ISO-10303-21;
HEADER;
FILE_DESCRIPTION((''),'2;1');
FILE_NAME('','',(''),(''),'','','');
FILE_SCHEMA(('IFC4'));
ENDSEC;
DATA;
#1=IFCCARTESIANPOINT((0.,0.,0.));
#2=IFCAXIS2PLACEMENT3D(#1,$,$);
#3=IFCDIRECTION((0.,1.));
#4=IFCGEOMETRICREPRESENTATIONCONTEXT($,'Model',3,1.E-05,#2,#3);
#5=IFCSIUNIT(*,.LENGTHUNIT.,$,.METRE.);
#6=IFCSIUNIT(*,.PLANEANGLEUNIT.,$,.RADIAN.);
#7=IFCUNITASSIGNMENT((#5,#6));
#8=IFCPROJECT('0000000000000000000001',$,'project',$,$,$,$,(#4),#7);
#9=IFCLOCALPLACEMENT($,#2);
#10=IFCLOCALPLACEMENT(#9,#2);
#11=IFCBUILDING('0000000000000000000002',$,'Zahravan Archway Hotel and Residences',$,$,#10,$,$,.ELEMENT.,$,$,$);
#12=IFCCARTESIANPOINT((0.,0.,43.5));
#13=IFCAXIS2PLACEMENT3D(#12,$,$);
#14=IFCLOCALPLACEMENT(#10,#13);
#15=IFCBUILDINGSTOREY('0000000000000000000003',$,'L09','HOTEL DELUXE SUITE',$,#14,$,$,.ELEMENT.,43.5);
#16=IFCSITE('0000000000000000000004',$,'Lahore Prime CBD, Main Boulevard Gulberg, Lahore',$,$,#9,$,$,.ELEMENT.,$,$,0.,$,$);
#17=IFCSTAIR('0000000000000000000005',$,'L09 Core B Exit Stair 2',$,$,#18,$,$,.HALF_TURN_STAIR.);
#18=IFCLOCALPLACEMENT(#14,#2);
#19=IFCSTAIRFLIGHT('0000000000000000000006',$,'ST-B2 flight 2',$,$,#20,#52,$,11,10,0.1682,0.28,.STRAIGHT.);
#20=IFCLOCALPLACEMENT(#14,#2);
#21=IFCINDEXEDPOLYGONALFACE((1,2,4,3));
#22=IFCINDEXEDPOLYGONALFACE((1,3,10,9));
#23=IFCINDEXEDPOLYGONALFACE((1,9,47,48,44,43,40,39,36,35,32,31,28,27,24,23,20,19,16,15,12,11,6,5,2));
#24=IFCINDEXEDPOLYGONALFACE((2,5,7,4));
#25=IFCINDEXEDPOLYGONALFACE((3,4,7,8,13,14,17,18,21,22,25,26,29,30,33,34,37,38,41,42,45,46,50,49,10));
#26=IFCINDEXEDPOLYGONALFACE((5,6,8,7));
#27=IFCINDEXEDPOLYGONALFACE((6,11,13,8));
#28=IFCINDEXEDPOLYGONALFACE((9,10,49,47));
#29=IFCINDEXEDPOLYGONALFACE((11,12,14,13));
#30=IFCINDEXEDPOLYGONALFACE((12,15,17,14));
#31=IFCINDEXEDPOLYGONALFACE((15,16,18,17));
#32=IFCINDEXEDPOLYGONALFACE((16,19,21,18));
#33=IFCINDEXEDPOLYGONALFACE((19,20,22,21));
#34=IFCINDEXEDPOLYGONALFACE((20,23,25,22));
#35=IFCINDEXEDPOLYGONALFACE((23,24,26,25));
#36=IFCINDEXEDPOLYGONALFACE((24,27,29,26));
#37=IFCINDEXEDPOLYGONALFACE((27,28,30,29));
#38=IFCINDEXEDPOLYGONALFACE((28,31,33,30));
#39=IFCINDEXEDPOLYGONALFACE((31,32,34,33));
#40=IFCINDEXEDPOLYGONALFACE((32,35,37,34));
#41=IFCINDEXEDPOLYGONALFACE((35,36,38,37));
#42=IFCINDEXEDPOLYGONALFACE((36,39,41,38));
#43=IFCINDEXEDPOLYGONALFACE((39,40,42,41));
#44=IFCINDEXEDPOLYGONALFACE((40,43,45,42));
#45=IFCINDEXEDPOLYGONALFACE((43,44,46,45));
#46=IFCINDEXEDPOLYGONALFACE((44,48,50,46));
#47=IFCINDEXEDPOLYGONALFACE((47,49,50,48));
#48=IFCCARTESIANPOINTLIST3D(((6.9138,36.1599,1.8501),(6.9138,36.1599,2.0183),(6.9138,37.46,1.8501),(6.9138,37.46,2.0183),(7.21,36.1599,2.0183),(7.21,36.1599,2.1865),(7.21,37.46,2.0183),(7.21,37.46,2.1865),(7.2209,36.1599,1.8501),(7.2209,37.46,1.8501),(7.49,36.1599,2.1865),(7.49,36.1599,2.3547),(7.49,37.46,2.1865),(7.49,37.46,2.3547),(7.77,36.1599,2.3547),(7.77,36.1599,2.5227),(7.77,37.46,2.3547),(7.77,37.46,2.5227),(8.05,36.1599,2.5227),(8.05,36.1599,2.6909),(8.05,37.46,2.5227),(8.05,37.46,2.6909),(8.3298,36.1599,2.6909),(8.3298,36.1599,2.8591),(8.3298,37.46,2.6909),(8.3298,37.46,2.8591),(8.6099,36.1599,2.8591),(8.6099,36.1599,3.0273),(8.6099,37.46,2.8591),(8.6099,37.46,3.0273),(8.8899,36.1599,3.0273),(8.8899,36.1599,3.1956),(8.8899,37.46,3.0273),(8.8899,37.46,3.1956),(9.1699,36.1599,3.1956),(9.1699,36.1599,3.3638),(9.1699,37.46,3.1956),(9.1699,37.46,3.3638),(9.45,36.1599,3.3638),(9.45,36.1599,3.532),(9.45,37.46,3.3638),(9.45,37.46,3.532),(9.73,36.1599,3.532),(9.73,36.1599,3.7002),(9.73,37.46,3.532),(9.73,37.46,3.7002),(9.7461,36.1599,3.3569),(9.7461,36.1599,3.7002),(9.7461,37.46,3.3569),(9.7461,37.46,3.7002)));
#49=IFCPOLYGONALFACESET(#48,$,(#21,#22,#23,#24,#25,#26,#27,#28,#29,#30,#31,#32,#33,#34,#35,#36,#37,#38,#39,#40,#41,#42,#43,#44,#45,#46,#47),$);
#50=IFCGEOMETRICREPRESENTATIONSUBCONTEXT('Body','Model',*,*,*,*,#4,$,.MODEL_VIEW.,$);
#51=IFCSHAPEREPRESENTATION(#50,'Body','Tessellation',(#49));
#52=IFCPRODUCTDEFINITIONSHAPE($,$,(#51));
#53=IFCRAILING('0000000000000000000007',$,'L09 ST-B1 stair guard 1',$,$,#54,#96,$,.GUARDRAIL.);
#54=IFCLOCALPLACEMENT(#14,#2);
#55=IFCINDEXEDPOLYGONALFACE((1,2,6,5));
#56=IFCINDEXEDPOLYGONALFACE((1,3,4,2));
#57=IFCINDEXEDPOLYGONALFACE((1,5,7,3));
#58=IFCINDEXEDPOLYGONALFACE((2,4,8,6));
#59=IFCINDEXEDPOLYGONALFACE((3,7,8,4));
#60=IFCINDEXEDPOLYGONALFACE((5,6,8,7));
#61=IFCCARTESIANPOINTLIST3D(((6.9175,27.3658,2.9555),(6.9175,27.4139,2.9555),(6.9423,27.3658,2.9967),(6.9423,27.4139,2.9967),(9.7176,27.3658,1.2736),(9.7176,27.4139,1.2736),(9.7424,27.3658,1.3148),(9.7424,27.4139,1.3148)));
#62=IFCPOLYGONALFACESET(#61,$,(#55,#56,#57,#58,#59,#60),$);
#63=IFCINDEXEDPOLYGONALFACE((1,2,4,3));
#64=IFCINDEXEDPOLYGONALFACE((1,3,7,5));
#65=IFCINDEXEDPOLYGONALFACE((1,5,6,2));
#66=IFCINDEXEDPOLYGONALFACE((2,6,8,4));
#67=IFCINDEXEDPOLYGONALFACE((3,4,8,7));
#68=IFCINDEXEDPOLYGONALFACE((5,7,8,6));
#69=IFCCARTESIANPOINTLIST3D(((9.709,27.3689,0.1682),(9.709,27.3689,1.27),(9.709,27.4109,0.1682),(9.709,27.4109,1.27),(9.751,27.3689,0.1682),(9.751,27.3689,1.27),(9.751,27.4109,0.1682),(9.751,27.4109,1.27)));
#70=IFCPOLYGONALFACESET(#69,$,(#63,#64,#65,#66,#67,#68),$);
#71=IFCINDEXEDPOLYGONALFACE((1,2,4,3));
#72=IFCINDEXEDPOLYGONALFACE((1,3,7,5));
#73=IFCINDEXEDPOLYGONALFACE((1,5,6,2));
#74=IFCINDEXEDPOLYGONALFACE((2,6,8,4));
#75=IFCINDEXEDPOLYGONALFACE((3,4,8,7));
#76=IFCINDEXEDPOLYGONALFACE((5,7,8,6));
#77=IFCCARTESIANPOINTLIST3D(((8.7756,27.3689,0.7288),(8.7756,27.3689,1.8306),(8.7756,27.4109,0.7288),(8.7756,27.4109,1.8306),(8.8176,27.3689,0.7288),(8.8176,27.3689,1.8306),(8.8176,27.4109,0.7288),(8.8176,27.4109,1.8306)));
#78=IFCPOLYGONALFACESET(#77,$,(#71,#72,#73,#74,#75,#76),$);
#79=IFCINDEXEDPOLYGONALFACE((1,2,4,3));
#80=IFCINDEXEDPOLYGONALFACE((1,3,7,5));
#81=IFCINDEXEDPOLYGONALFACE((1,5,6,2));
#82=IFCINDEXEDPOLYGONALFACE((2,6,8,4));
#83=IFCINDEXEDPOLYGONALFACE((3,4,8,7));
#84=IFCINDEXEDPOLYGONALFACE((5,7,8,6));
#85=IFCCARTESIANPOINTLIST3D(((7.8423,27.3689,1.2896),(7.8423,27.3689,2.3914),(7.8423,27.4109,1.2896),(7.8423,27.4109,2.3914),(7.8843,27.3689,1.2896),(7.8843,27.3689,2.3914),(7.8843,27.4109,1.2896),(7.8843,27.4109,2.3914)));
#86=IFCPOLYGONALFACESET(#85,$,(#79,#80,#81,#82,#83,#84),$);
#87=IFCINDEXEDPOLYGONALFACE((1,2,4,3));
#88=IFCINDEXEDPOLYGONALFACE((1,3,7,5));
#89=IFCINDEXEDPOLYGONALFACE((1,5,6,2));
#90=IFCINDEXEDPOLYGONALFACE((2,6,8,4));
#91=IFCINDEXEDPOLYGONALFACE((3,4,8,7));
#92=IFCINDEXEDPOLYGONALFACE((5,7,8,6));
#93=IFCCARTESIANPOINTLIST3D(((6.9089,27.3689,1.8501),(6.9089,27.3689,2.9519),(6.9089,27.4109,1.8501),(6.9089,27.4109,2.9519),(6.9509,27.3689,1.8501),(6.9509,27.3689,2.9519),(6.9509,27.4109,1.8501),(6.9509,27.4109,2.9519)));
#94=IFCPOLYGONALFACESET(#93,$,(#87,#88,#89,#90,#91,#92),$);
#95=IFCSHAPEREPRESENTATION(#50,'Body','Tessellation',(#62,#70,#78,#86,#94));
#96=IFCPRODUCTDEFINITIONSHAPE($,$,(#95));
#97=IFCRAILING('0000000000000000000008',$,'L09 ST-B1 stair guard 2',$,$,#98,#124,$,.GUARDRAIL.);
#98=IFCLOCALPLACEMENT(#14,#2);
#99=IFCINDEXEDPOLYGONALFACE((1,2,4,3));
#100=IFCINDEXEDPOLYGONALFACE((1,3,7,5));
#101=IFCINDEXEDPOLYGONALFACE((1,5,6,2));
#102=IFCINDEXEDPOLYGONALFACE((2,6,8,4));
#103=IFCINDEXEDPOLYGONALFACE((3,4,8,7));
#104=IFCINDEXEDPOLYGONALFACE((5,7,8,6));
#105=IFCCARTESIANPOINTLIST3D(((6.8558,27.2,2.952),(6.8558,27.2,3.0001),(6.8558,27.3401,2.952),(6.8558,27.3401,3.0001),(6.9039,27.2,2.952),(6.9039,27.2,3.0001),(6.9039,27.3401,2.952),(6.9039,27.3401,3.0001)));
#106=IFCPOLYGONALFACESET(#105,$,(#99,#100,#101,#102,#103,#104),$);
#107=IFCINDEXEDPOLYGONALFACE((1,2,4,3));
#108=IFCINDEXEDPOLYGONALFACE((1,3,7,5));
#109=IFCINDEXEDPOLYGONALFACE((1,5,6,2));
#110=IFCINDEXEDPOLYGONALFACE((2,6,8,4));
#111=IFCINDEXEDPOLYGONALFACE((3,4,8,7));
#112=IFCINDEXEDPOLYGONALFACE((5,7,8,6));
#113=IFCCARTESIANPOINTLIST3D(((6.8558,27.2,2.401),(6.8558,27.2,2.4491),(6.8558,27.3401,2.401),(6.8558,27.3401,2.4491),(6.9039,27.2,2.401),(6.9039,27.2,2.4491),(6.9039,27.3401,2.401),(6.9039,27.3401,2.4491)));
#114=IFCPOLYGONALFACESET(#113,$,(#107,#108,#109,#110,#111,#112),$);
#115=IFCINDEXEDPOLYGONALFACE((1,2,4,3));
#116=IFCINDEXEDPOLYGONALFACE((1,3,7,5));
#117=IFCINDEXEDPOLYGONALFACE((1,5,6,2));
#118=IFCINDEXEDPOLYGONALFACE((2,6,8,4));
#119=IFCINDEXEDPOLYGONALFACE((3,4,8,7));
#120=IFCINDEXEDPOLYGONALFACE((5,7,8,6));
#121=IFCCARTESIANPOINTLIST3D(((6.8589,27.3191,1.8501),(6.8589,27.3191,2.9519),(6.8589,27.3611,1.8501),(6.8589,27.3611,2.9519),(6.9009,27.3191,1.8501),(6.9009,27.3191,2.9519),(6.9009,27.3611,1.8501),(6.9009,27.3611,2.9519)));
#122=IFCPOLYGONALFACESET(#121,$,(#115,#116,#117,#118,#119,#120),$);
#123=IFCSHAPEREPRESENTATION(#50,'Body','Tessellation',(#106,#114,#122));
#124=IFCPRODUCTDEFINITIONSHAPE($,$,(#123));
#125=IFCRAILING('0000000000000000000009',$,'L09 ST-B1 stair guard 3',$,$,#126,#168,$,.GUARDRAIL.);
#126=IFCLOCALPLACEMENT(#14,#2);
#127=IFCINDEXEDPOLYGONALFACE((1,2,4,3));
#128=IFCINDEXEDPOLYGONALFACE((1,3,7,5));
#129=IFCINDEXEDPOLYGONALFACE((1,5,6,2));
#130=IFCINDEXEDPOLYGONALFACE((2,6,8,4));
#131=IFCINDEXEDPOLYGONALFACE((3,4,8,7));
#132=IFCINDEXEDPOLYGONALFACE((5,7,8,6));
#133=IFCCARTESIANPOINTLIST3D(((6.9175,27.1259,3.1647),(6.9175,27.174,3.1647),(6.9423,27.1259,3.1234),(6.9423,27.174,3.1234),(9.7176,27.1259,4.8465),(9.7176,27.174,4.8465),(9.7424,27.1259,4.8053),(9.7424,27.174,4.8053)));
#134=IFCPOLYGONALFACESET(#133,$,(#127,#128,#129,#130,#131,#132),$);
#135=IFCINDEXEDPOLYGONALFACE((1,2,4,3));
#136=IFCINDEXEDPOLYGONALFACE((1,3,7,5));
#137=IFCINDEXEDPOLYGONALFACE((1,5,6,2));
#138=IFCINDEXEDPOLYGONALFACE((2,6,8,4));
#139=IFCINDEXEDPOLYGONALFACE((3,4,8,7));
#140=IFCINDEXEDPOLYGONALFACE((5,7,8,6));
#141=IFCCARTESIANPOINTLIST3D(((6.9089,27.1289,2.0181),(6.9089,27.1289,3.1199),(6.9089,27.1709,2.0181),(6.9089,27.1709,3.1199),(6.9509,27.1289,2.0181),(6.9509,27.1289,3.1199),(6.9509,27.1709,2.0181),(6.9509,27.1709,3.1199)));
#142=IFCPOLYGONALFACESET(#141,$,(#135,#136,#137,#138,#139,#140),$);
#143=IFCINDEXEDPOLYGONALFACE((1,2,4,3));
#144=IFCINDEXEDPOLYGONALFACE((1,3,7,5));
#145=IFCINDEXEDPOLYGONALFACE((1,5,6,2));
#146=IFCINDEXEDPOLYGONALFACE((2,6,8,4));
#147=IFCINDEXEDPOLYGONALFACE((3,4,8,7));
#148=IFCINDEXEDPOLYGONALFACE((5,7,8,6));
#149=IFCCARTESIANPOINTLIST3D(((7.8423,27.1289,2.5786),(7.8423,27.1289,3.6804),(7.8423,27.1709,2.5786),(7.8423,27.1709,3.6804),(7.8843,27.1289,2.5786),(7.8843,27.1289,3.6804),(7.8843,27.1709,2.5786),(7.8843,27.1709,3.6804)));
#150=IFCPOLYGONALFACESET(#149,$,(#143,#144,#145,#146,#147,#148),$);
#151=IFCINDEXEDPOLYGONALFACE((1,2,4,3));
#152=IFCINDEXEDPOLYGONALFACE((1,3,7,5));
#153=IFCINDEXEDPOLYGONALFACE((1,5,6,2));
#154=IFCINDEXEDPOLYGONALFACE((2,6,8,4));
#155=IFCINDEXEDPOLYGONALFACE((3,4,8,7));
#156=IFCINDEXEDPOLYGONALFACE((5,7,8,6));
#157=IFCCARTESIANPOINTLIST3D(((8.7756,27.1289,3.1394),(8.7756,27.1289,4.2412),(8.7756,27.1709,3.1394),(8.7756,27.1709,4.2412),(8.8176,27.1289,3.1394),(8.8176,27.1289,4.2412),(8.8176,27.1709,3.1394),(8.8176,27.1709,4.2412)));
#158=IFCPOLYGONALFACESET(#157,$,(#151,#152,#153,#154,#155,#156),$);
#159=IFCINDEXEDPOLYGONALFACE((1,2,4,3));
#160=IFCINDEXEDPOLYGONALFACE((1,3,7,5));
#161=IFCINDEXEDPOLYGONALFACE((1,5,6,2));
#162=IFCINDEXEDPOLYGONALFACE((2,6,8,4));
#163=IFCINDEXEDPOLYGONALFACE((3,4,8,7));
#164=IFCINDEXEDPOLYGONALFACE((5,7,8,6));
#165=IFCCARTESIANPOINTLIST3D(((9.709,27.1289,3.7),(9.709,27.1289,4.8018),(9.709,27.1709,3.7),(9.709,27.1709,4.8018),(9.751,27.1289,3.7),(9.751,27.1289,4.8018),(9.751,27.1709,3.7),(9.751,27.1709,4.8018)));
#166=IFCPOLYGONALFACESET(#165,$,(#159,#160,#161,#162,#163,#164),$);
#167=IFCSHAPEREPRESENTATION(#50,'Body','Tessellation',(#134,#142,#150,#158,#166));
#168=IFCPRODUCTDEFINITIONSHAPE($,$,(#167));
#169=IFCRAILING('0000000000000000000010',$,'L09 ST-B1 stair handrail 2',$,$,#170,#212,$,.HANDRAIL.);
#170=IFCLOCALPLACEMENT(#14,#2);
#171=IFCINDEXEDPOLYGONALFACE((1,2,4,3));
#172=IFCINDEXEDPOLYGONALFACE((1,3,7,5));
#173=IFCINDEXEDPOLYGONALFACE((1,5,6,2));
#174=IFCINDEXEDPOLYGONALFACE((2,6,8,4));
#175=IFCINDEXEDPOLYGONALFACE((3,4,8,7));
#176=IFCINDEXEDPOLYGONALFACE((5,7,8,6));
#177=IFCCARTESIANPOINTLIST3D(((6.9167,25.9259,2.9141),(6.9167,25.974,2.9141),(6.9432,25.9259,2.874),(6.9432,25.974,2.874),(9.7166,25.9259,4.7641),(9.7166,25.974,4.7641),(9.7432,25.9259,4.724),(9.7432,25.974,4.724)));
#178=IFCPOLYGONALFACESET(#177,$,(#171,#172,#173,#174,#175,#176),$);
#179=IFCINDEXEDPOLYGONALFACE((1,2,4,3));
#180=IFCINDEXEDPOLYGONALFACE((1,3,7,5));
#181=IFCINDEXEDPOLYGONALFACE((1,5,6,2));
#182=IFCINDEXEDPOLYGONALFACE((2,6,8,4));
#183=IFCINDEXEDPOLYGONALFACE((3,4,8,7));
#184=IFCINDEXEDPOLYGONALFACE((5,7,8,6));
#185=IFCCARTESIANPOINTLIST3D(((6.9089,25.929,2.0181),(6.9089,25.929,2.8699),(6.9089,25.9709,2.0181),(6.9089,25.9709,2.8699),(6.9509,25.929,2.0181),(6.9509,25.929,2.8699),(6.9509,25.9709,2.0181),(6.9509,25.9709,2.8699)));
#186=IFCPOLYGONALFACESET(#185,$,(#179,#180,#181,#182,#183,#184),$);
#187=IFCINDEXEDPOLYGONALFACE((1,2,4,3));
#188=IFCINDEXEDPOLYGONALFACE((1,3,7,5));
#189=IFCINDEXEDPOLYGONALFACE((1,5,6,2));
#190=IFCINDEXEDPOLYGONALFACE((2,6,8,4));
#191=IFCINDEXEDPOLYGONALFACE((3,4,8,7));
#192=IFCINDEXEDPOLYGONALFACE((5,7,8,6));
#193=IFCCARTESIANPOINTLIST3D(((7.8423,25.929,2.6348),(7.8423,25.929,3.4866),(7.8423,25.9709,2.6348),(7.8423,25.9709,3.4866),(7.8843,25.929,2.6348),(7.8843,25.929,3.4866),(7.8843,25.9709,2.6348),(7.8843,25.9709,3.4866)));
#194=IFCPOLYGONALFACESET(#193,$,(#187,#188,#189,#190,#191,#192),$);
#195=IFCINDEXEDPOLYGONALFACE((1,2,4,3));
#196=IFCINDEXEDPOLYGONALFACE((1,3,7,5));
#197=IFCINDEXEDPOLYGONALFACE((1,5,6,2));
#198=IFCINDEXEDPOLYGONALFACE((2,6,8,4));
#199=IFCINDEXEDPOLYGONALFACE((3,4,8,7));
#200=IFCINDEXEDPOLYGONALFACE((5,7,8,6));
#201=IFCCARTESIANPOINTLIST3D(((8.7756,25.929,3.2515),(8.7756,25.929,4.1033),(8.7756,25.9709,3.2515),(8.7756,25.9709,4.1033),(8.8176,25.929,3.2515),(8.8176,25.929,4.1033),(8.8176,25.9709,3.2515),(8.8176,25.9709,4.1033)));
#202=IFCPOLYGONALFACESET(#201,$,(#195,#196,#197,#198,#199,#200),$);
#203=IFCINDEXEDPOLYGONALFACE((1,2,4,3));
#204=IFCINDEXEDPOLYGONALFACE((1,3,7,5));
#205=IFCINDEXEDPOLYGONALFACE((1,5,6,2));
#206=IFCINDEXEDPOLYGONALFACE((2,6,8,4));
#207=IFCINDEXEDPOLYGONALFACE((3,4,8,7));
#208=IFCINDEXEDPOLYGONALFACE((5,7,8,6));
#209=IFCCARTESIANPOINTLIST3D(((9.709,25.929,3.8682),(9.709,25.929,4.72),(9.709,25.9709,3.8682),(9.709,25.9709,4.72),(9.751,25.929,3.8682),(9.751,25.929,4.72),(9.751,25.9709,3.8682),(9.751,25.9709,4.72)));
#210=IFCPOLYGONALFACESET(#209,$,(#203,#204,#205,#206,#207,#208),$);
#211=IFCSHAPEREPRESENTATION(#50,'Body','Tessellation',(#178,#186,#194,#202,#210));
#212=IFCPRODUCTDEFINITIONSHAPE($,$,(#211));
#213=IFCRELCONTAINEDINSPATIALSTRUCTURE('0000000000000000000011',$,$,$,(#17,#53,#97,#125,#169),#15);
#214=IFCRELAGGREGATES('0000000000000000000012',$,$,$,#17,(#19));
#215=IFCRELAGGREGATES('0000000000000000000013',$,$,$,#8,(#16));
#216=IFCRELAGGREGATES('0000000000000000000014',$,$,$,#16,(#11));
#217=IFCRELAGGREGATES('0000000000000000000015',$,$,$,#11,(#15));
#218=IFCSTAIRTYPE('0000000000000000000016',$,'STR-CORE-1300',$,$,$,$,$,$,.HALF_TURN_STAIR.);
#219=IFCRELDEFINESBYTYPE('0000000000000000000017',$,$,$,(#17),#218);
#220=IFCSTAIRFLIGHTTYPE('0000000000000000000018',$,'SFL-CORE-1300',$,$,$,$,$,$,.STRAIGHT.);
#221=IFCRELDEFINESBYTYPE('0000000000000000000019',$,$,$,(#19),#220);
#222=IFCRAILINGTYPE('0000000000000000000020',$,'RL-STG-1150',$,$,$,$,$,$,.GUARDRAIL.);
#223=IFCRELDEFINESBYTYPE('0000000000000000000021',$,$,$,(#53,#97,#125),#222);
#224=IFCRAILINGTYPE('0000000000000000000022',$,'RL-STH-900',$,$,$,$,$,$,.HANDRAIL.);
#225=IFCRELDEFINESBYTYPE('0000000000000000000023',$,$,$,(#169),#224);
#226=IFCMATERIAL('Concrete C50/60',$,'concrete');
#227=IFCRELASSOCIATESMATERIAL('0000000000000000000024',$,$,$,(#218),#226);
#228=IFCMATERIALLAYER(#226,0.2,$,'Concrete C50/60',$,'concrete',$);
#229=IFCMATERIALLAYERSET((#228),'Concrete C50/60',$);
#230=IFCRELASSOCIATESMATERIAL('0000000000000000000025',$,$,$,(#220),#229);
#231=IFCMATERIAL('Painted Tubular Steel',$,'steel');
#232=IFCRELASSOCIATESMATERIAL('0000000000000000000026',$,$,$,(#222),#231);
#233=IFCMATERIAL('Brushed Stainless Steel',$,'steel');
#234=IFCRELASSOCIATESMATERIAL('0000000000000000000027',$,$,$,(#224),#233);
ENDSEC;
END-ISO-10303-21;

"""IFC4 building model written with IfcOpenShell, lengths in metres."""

from ifc_helpers import new_model, si_unit, direction, frame, origin, origin_2d, place, context, subcontext, project, spatial, polyline, rectangle, outline, extrude, source, transform, mapped, material, layer, layer_set, type_object, element, aggregate, save


model = new_model("IFC4")

# Units and contexts
model_context = context("Model", 3, precision=1e-05, world=origin(), true_north=direction((0.0, 1.0)))
body_context = subcontext(model_context, "Body", "Model", "MODEL_VIEW")
ifc_project = project(units=[si_unit("LENGTHUNIT", "METRE"), si_unit("PLANEANGLEUNIT", "RADIAN")], contexts=[model_context])

# Site, building, storey
site_placement = place(None, origin())
site = spatial("IfcSite", under=ifc_project, at=site_placement, Name="Lahore Prime CBD, Main Boulevard Gulberg, Lahore", CompositionType="ELEMENT", RefElevation=0.0)
building_placement = place(site_placement, origin())
building = spatial("IfcBuilding", under=site, at=building_placement, Name="Zahravan Archway Hotel and Residences", CompositionType="ELEMENT")
storey_placement = place(building_placement, frame((0.0, 0.0, 43.5)))
storey = spatial("IfcBuildingStorey", under=building, at=storey_placement, Name="L09", Description="HOTEL DELUXE SUITE", CompositionType="ELEMENT", Elevation=43.5)

# Shared definitions
ifc_material_1 = material(Name="Brushed Stainless Steel", Category="steel")

# Shared definitions
ifc_material_2 = material(Name="Concrete C50/60", Category="concrete")

# Shared definitions
stair_type = type_object("IfcStairType", Name="STR-CORE-1300", PredefinedType="HALF_TURN_STAIR", material=ifc_material_2)
ifc_layer_1 = layer(ifc_material_2, 0.2, Name="Concrete C50/60", Category="concrete")
ifc_layer_set_1 = layer_set([ifc_layer_1], Name="Concrete C50/60")
stair_flight_type = type_object("IfcStairFlightType", Name="SFL-CORE-1300", PredefinedType="STRAIGHT", material=ifc_layer_set_1)
shared_shape_1 = source(origin(), body_context, "Body", "SweptSolid", [
    extrude(outline(polyline([(-0.0161, 0.0), (-0.0161, 0.1682), (0.28, 0.1682), (0.28, 0.3364), (0.5601, 0.3364), (0.5601, 0.5046), (0.8401, 0.5046), (0.8401, 0.6726), (1.1201, 0.6726), (1.1201, 0.8408), (1.3999, 0.8408), (1.3999, 1.009), (1.6799, 1.009), (1.6799, 1.1772), (1.96, 1.1772), (1.96, 1.3455), (2.24, 1.3455), (2.24, 1.5137), (2.52, 1.5137), (2.52, 1.6819), (2.8, 1.6819), (2.8, 1.8501), (2.8162, 1.8501), (2.8162, 1.5068), (0.291, 0.0), (-0.0161, 0.0)])), frame((0.0, 0.6499, 0.0), z_axis=(0.0, -1.0, 0.0), x_axis=(1.0, 0.0, 0.0)), (0.0, 0.0, 1.0), 1.3),
])

# Stair, stair flight
stair_1_placement = place(storey_placement, origin())
stair_1 = element("IfcStair", 1, at=stair_1_placement, inside=storey, type_object=stair_type, Name="L09 Core B Exit Stair 2", PredefinedType="HALF_TURN_STAIR")
stair_flight_1_placement = place(storey_placement, frame((6.9299, 36.8101, 1.8501), z_axis=(0.0, 0.0, 1.0), x_axis=(1.0, 0.0, 0.0)))
stair_flight_1 = element("IfcStairFlight", 2, at=stair_flight_1_placement, type_object=stair_flight_type, Name="ST-B2 flight 2", NumberOfRisers=11, NumberOfTreads=10, PredefinedType="STRAIGHT", RiserHeight=0.1682, TreadLength=0.28, context=body_context, shape_type="MappedRepresentation", body=[
    mapped(shared_shape_1, transform((0.0, 0.0, 0.0), scale=1.0)),
])
aggregate(stair_1, [stair_flight_1])

# Railings
ifc_material_3 = material(Name="Painted Tubular Steel", Category="steel")
railing_type_1 = type_object("IfcRailingType", Name="RL-STG-1150", PredefinedType="GUARDRAIL", material=ifc_material_3)
railing_1_placement = place(storey_placement, frame((9.73, 27.3899, 0.1682)))
element("IfcRailing", 3, at=railing_1_placement, inside=storey, type_object=railing_type_1, Name="L09 ST-B1 stair guard 1", PredefinedType="GUARDRAIL", context=body_context, shape_type="SweptSolid", body=[
    extrude(rectangle(XDim=0.0481, YDim=0.0481, at=origin_2d()), frame((0.0, 0.0, 1.126), z_axis=(-0.857242, 0.0, 0.514913), x_axis=(0.0, -1.0, 0.0)), (0.0, 0.0, 1.0), 3.2664),
    extrude(rectangle(XDim=0.042, YDim=0.042, at=origin_2d()), origin(), (0.0, 0.0, 1.0), 1.1018),
    extrude(rectangle(XDim=0.042, YDim=0.042, at=origin_2d()), frame((-0.9333, 0.0, 0.5605)), (0.0, 0.0, 1.0), 1.1018),
    extrude(rectangle(XDim=0.042, YDim=0.042, at=origin_2d()), frame((-1.8667, 0.0, 1.1213)), (0.0, 0.0, 1.0), 1.1018),
    extrude(rectangle(XDim=0.042, YDim=0.042, at=origin_2d()), frame((-2.8, 0.0, 1.6819)), (0.0, 0.0, 1.0), 1.1018),
])
railing_2_placement = place(storey_placement, frame((6.8799, 27.3401, 1.8501)))
element("IfcRailing", 4, at=railing_2_placement, inside=storey, type_object=railing_type_1, Name="L09 ST-B1 stair guard 2", PredefinedType="GUARDRAIL", context=body_context, shape_type="SweptSolid", body=[
    extrude(rectangle(XDim=0.0481, YDim=0.0481, at=origin_2d()), frame((0.0, 0.0, 1.126), z_axis=(0.0, -1.0, 0.0), x_axis=(1.0, 0.0, 0.0)), (0.0, 0.0, 1.0), 0.1401),
    extrude(rectangle(XDim=0.0481, YDim=0.0481, at=origin_2d()), frame((0.0, 0.0, 0.575), z_axis=(0.0, -1.0, 0.0), x_axis=(1.0, 0.0, 0.0)), (0.0, 0.0, 1.0), 0.1401),
    extrude(rectangle(XDim=0.042, YDim=0.042, at=origin_2d()), origin(), (0.0, 0.0, 1.0), 1.1018),
])
railing_3_placement = place(storey_placement, frame((6.9299, 27.1499, 2.0181)))
element("IfcRailing", 5, at=railing_3_placement, inside=storey, type_object=railing_type_1, Name="L09 ST-B1 stair guard 3", PredefinedType="GUARDRAIL", context=body_context, shape_type="SweptSolid", body=[
    extrude(rectangle(XDim=0.0481, YDim=0.0481, at=origin_2d()), frame((0.0, 0.0, 1.126), z_axis=(0.857242, 0.0, 0.514913), x_axis=(0.0, 1.0, 0.0)), (0.0, 0.0, 1.0), 3.2664),
    extrude(rectangle(XDim=0.042, YDim=0.042, at=origin_2d()), origin(), (0.0, 0.0, 1.0), 1.1018),
    extrude(rectangle(XDim=0.042, YDim=0.042, at=origin_2d()), frame((0.9333, 0.0, 0.5605)), (0.0, 0.0, 1.0), 1.1018),
    extrude(rectangle(XDim=0.042, YDim=0.042, at=origin_2d()), frame((1.8667, 0.0, 1.1213)), (0.0, 0.0, 1.0), 1.1018),
    extrude(rectangle(XDim=0.042, YDim=0.042, at=origin_2d()), frame((2.8, 0.0, 1.6819)), (0.0, 0.0, 1.0), 1.1018),
])
railing_type_2 = type_object("IfcRailingType", Name="RL-STH-900", PredefinedType="HANDRAIL", material=ifc_material_1)
for number, where, name in (
    (6, (6.9299, 25.95, 2.0181), "L09 ST-B1 stair handrail 2"),
):
    element("IfcRailing", number, at=place(storey_placement, frame(where)), inside=storey, type_object=railing_type_2, Name=name, PredefinedType="HANDRAIL", context=body_context, shape_type="SweptSolid", body=[
        extrude(rectangle(XDim=0.0481, YDim=0.0481, at=origin_2d()), frame((0.0, 0.0, 0.876), z_axis=(0.834326, 0.0, 0.551271), x_axis=(0.0, 1.0, 0.0)), (0.0, 0.0, 1.0), 3.356),
        extrude(rectangle(XDim=0.042, YDim=0.042, at=origin_2d()), origin(), (0.0, 0.0, 1.0), 0.8518),
        extrude(rectangle(XDim=0.042, YDim=0.042, at=origin_2d()), frame((0.9333, 0.0, 0.6167)), (0.0, 0.0, 1.0), 0.8518),
        extrude(rectangle(XDim=0.042, YDim=0.042, at=origin_2d()), frame((1.8667, 0.0, 1.2334)), (0.0, 0.0, 1.0), 0.8518),
        extrude(rectangle(XDim=0.042, YDim=0.042, at=origin_2d()), frame((2.8, 0.0, 1.8501)), (0.0, 0.0, 1.0), 0.8518),
    ])

save(model, "model.ifc")
